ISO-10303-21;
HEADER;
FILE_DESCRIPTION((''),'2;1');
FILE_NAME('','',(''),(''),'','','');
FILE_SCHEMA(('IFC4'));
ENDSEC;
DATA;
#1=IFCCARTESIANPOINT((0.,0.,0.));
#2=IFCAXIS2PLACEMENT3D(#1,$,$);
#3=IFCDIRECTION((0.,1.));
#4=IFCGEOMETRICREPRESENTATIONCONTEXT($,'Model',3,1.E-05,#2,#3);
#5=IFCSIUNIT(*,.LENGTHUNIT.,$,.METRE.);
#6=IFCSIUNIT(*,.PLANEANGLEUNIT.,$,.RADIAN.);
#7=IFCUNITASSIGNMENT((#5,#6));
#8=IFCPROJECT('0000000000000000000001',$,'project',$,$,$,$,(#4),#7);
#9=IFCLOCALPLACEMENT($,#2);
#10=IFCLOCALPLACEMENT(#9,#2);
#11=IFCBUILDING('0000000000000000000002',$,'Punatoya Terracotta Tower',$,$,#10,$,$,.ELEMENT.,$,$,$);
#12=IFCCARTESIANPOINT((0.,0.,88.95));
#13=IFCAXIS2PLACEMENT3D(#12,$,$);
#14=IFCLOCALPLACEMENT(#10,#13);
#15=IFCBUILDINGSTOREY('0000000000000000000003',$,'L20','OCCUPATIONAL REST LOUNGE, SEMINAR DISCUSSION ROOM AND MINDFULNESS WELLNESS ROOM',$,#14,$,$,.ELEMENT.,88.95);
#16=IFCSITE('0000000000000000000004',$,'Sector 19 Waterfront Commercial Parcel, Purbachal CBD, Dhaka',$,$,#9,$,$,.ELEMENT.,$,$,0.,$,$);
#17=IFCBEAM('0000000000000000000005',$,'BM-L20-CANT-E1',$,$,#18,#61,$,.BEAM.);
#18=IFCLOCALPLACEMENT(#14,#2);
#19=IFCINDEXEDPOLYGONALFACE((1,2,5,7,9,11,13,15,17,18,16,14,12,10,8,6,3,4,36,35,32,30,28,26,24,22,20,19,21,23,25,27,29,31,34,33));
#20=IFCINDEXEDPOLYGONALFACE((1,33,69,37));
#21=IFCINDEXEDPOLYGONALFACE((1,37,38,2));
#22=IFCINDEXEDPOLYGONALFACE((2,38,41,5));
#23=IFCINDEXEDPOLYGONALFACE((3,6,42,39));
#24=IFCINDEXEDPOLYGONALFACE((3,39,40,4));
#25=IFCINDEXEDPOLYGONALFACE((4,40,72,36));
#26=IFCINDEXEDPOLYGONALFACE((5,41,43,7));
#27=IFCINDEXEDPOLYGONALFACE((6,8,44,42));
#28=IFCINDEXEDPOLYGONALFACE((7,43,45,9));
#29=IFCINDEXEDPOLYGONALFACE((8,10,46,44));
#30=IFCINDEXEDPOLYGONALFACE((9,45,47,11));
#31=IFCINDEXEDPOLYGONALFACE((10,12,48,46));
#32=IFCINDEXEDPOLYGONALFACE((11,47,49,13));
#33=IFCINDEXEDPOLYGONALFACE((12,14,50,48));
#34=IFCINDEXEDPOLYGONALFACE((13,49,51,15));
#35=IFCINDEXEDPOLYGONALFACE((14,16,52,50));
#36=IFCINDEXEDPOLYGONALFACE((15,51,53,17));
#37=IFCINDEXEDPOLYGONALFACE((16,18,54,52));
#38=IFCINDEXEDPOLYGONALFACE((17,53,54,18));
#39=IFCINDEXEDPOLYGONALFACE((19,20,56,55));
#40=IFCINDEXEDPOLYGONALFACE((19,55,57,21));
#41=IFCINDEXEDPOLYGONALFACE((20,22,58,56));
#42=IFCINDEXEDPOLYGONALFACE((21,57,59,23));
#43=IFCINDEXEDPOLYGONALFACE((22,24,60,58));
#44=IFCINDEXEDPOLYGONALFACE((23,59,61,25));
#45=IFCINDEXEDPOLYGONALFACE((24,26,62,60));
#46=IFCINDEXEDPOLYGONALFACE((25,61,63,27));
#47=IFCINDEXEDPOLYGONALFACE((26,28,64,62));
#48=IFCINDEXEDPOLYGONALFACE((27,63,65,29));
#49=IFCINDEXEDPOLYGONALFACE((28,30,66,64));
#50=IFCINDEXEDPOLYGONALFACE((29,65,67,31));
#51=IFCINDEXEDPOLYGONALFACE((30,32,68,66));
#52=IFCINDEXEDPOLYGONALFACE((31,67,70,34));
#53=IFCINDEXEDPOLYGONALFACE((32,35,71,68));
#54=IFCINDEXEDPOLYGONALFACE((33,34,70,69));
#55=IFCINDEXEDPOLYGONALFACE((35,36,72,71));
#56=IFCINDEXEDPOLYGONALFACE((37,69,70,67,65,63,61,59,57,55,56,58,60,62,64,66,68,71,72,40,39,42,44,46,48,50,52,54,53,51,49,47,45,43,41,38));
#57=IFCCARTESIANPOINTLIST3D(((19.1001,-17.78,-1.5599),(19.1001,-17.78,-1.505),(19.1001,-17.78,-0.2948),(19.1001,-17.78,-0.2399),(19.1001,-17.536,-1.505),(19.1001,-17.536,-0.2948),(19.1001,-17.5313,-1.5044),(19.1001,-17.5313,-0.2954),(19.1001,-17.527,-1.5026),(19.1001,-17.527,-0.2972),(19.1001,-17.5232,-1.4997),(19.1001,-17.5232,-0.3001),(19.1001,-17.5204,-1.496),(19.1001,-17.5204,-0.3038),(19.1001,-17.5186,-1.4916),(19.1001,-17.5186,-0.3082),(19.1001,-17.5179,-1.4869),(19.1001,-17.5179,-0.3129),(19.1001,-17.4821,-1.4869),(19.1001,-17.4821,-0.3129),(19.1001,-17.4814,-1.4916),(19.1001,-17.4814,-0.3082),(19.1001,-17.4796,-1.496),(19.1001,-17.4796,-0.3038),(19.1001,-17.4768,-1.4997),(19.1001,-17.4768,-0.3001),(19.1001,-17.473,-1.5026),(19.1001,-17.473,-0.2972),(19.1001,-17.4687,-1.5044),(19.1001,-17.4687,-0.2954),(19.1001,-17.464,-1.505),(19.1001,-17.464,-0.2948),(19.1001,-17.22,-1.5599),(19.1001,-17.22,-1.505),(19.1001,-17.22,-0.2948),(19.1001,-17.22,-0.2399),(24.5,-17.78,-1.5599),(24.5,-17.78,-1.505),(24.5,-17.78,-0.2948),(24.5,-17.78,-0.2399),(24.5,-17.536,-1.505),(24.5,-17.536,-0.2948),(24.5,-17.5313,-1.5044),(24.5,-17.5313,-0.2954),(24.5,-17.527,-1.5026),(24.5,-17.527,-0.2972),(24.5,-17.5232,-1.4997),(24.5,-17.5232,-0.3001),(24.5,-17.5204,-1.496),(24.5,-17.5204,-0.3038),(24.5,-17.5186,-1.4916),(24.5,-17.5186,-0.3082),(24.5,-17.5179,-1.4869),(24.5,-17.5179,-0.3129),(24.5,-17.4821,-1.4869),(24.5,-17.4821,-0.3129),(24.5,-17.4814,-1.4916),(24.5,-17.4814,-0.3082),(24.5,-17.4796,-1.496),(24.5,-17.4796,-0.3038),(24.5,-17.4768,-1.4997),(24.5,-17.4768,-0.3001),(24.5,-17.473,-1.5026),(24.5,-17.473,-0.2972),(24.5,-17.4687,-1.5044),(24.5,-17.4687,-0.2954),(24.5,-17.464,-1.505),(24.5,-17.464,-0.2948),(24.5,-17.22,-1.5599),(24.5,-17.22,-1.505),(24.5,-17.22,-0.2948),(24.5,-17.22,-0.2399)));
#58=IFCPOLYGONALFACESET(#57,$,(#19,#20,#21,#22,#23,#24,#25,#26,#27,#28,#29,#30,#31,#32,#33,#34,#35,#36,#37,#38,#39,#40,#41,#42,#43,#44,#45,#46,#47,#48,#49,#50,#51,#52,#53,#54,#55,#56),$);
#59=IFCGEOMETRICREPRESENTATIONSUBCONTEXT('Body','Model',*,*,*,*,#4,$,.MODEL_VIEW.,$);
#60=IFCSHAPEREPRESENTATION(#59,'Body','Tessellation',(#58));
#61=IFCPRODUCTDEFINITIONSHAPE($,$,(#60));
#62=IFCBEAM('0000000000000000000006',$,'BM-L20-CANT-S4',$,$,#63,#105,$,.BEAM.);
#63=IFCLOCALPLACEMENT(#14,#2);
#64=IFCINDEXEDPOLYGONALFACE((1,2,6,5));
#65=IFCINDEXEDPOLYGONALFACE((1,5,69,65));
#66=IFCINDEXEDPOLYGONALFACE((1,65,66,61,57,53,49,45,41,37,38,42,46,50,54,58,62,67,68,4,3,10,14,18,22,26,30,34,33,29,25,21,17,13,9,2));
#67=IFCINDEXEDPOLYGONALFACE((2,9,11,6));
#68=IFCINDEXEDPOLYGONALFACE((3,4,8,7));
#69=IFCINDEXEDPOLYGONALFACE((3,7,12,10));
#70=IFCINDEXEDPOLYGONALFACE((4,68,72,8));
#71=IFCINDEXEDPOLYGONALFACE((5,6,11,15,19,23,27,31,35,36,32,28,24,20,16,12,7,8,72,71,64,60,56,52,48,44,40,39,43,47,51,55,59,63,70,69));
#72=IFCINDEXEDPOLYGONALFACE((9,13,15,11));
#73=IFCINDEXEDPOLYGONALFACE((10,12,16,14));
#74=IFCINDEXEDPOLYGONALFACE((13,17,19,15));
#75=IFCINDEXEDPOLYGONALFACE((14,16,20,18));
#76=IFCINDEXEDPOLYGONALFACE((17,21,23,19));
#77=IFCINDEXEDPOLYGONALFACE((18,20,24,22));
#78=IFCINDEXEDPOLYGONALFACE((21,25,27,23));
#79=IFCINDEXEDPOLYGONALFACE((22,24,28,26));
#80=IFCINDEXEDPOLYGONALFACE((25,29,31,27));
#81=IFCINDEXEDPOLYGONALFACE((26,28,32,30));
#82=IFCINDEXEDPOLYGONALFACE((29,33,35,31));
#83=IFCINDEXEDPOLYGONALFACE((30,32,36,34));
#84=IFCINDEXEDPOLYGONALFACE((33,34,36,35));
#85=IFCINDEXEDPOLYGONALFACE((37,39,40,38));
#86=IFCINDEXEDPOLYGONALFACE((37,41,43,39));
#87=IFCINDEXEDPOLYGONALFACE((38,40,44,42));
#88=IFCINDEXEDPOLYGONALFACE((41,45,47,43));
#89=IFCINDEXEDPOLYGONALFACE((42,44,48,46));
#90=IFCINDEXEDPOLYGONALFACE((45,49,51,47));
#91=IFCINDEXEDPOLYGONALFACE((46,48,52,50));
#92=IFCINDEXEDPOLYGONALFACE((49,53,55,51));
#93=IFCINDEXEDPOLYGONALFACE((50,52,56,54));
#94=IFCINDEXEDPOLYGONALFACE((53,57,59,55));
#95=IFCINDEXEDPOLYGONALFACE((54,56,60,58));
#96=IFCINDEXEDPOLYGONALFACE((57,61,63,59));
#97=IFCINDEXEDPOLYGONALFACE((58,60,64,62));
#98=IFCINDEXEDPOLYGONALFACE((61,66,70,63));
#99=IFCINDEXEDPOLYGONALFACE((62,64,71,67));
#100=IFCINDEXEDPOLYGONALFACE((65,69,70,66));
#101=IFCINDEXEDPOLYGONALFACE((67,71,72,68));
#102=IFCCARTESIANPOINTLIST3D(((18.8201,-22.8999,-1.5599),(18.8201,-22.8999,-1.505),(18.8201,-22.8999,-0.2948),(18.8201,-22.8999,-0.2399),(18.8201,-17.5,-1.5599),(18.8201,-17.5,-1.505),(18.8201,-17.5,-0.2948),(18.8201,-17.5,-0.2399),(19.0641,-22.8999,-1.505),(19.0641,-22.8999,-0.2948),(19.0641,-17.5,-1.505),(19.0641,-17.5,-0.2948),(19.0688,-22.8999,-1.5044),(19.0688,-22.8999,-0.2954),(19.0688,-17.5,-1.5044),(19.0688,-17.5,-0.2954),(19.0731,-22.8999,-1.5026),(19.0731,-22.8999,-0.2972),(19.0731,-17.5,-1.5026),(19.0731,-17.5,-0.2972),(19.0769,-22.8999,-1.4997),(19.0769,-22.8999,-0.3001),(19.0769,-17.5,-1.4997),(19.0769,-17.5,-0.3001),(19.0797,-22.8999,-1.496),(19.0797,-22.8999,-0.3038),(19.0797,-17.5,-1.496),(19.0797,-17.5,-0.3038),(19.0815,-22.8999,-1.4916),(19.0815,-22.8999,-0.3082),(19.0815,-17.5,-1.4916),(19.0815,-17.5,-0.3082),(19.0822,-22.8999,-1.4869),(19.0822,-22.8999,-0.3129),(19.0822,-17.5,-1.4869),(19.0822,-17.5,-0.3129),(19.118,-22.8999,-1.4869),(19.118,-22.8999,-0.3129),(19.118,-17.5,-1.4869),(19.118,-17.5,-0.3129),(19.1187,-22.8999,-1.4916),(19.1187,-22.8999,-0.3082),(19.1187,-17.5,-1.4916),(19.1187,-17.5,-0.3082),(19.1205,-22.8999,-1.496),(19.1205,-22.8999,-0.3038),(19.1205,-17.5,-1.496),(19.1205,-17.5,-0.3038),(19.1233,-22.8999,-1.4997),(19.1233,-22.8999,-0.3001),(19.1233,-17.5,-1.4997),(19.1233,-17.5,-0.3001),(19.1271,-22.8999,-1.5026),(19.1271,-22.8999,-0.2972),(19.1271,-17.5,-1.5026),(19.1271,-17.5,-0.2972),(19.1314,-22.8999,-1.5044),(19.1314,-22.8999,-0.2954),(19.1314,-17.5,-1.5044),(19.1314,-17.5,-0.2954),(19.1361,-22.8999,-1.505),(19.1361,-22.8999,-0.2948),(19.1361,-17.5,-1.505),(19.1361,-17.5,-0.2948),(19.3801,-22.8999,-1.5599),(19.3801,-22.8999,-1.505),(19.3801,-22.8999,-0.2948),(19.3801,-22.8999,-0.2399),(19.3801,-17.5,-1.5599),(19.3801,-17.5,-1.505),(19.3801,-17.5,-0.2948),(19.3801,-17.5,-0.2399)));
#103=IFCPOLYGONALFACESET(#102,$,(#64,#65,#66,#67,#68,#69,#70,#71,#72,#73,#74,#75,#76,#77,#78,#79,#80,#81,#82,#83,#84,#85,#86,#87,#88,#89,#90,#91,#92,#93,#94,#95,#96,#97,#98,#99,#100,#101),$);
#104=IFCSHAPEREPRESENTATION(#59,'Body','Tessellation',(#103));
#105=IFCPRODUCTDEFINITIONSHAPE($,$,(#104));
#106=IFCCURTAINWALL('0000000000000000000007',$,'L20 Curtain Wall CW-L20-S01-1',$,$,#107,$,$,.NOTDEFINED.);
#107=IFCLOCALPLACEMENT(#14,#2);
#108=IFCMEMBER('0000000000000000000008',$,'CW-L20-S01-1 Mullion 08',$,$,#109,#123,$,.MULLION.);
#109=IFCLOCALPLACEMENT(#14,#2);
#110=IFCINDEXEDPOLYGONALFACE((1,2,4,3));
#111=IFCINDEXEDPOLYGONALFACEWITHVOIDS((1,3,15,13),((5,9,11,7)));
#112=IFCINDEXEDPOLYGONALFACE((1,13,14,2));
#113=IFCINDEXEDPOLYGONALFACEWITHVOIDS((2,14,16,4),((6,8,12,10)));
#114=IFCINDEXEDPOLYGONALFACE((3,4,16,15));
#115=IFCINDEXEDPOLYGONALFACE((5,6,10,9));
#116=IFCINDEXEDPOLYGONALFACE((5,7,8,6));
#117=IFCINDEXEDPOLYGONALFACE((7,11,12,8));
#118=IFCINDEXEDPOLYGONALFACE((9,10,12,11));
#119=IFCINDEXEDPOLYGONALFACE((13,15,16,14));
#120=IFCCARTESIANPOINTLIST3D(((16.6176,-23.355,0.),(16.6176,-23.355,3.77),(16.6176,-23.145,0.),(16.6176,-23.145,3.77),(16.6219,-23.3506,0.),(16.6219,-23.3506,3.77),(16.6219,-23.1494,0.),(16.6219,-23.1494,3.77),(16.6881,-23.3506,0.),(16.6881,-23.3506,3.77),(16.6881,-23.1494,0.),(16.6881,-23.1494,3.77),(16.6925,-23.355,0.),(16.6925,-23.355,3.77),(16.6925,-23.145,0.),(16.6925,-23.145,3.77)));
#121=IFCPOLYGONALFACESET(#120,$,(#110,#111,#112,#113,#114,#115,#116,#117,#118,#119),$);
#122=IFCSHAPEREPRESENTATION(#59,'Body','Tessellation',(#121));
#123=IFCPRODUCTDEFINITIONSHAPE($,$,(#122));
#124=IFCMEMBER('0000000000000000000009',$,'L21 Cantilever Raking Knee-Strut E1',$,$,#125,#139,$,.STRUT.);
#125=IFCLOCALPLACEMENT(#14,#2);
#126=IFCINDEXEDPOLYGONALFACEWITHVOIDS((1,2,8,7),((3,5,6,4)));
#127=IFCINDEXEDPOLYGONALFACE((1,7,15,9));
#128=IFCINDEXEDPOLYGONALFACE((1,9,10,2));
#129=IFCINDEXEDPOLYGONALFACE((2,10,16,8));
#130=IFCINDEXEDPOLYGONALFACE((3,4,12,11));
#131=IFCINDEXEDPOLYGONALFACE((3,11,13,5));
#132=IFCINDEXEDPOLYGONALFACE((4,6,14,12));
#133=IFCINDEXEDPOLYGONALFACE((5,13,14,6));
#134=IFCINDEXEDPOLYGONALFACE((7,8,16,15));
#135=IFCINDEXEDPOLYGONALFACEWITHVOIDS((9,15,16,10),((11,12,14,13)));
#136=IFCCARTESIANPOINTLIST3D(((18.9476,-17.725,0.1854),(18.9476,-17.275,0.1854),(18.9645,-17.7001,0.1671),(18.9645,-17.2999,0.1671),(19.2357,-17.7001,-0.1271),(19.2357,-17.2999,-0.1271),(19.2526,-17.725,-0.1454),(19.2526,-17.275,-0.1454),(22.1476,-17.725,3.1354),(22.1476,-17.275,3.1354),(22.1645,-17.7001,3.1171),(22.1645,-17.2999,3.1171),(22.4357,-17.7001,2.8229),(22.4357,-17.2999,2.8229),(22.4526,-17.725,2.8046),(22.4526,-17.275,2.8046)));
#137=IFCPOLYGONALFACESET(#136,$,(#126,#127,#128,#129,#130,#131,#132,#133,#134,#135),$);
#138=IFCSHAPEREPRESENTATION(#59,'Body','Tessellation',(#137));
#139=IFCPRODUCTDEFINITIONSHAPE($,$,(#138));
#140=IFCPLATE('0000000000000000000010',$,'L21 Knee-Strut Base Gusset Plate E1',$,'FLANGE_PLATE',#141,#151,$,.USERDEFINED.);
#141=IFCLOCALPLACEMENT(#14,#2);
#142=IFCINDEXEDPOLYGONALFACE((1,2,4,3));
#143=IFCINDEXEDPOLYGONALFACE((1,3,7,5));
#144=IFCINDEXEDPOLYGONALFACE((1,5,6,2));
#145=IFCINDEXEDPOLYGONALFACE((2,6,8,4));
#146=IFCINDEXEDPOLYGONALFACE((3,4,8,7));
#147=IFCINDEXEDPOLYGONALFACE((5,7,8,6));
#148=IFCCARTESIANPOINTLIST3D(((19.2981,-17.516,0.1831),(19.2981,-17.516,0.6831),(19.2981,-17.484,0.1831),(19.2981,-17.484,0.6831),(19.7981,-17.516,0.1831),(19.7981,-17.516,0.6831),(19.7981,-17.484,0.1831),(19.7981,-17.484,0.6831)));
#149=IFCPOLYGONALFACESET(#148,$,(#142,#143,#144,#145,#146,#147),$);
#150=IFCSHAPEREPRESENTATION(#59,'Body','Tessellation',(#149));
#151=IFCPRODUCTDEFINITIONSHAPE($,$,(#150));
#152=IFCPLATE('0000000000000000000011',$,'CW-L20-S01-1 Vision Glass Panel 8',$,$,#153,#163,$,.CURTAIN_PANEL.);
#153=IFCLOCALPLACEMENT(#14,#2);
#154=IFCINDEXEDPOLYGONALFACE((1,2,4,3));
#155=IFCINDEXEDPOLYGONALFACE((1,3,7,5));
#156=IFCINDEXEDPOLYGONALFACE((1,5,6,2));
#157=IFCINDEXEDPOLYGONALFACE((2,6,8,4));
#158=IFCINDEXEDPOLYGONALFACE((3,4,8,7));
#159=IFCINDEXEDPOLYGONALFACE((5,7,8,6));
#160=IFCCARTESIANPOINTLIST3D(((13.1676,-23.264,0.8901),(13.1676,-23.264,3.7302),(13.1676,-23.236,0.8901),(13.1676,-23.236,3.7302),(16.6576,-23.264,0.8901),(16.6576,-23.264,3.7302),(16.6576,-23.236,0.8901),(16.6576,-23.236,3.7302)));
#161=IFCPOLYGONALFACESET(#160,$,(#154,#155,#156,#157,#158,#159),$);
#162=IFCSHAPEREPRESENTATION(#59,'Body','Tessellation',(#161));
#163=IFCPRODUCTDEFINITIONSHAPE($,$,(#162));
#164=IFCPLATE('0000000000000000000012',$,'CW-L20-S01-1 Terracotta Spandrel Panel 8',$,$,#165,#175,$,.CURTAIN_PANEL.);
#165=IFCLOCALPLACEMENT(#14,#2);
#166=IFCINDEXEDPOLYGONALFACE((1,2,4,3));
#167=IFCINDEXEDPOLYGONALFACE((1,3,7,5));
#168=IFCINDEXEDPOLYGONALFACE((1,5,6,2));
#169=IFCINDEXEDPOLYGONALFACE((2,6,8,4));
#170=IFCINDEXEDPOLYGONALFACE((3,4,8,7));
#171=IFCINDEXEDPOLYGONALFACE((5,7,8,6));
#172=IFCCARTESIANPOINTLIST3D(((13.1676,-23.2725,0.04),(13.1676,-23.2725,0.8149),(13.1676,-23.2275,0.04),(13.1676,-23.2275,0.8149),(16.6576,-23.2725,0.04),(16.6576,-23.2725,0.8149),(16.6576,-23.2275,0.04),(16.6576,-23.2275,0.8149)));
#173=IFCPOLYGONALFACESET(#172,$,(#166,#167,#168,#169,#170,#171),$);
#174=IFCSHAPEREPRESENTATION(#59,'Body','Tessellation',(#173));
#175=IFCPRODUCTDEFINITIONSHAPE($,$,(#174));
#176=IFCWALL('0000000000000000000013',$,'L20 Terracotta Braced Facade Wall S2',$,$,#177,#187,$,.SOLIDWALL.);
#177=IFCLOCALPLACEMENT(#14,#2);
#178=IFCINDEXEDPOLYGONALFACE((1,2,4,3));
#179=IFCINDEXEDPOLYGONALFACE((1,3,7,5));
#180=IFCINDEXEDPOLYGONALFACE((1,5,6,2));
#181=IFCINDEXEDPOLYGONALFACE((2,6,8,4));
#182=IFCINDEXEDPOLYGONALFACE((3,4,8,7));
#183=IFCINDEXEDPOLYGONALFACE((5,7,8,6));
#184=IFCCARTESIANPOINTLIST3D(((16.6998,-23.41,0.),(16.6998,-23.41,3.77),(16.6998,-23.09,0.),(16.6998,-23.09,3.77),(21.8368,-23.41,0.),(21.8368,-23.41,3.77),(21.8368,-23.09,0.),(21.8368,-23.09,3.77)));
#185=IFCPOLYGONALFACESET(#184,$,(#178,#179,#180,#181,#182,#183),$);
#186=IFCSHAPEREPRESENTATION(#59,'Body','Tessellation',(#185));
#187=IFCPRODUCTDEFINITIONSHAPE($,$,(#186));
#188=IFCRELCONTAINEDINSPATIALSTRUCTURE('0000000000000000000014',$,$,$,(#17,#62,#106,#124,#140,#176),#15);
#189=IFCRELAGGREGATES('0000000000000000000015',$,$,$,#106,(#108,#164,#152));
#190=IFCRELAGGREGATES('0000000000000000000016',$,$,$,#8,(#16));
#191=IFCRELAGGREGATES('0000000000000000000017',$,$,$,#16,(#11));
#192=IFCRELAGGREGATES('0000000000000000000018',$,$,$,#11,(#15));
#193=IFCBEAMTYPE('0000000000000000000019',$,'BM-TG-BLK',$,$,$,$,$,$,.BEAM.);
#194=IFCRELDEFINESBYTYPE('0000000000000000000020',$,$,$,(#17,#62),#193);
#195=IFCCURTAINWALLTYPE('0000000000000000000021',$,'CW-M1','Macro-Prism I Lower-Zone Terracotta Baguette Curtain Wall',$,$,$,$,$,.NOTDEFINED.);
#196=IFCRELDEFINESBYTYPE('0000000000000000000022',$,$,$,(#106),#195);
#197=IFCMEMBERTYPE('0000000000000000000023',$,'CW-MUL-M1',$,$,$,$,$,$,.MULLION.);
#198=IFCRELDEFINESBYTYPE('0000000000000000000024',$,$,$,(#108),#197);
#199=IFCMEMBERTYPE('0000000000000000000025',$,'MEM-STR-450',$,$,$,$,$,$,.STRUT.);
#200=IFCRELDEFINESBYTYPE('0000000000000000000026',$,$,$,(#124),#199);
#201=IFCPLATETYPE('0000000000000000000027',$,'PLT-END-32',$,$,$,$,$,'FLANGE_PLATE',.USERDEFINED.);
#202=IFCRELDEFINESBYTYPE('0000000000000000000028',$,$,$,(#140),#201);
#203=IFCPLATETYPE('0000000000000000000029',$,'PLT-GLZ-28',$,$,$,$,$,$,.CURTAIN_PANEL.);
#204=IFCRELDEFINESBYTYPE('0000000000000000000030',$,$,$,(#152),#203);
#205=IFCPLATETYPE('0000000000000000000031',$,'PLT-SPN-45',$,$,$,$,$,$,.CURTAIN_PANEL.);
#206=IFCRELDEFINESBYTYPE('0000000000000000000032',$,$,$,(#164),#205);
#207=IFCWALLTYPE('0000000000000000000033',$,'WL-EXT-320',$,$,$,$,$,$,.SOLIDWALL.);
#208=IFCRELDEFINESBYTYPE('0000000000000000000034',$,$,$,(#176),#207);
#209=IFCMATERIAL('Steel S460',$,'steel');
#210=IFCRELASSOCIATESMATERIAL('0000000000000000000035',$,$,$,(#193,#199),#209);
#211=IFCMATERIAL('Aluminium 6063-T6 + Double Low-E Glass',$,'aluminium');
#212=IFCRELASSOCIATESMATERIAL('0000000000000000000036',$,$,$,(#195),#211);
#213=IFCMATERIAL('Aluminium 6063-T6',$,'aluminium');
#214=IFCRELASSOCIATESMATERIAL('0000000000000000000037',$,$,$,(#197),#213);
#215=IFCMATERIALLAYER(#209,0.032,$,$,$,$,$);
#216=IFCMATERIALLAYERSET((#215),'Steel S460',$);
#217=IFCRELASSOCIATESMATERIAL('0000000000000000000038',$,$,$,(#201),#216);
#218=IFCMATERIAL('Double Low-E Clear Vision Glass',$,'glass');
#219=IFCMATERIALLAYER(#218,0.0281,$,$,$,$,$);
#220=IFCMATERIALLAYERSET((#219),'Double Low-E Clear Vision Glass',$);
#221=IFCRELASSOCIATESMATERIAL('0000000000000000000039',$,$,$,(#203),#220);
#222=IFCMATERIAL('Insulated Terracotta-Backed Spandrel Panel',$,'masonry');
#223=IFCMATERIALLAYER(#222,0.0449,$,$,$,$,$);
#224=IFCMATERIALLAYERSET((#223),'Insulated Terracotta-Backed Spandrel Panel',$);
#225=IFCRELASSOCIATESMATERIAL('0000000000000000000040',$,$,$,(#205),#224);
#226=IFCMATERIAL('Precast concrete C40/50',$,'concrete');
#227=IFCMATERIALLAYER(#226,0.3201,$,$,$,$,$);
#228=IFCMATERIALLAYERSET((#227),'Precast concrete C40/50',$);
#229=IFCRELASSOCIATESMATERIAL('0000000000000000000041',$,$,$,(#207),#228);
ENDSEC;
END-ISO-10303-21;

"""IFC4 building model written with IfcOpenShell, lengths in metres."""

from ifc_helpers import new_model, si_unit, direction, frame, frame_2d, origin, origin_2d, place, context, subcontext, project, spatial, rectangle, hollow_rectangle, i_section, extrude, material, layer, layer_set, material_profile, profile_set, type_object, element, aggregate, save


model = new_model("IFC4")

# Units and contexts
model_context = context("Model", 3, precision=1e-05, world=origin(), true_north=direction((0.0, 1.0)))
body_context = subcontext(model_context, "Body", "Model", "MODEL_VIEW")
ifc_project = project(units=[si_unit("LENGTHUNIT", "METRE"), si_unit("PLANEANGLEUNIT", "RADIAN")], contexts=[model_context])

# Site, building, storey
site_placement = place(None, origin())
site = spatial("IfcSite", under=ifc_project, at=site_placement, Name="Sector 19 Waterfront Commercial Parcel, Purbachal CBD, Dhaka", CompositionType="ELEMENT", RefElevation=0.0)
building_placement = place(site_placement, origin())
building = spatial("IfcBuilding", under=site, at=building_placement, Name="Punatoya Terracotta Tower", CompositionType="ELEMENT")
storey_placement = place(building_placement, frame((0.0, 0.0, 88.95)))
storey = spatial("IfcBuildingStorey", under=building, at=storey_placement, Name="L20", Description="OCCUPATIONAL REST LOUNGE, SEMINAR DISCUSSION ROOM AND MINDFULNESS WELLNESS ROOM", CompositionType="ELEMENT", Elevation=88.95)

# Shared definitions
ifc_material_1 = material(Name="Steel S460", Category="steel")

# Beams
ifc_material_profile_1 = material_profile(ifc_material_1, i_section(OverallWidth=0.5601, OverallDepth=1.3201, WebThickness=0.0359, FlangeThickness=0.0549, FilletRadius=0.0181, at=origin_2d()))
ifc_profile_set_1 = profile_set([ifc_material_profile_1], Name="Steel S460")
beam_type_1 = type_object("IfcBeamType", Name="BM-TG-BLK", PredefinedType="BEAM", material=ifc_profile_set_1)
for number, where, z_axis, x_axis, name in (
    (1, (19.1001, -17.5, -0.8999), (1.0, 0.0, 0.0), (0.0, 1.0, 0.0), "BM-L20-CANT-E1"),
    (2, (19.1001, -22.8999, -0.8999), (0.0, 1.0, 0.0), (-1.0, 0.0, 0.0), "BM-L20-CANT-S4"),
):
    element("IfcBeam", number, at=place(storey_placement, frame(where, z_axis=z_axis, x_axis=x_axis)), inside=storey, type_object=beam_type_1, Name=name, PredefinedType="BEAM", context=body_context, shape_type="SweptSolid", body=[
        extrude(i_section(OverallWidth=0.5601, OverallDepth=1.3201, WebThickness=0.0359, FlangeThickness=0.0549, FilletRadius=0.0181, at=origin_2d()), origin(), (0.0, 0.0, 1.0), 5.3999),
    ])

# Curtain wall, member
ifc_material_2 = material(Name="Aluminium 6063-T6 + Double Low-E Glass", Category="aluminium")
curtain_wall_type = type_object("IfcCurtainWallType", Name="CW-M1", Description="Macro-Prism I Lower-Zone Terracotta Baguette Curtain Wall", PredefinedType="NOTDEFINED", material=ifc_material_2)
curtain_wall_placement = place(storey_placement, origin())
curtain_wall = element("IfcCurtainWall", 3, at=curtain_wall_placement, inside=storey, type_object=curtain_wall_type, Name="L20 Curtain Wall CW-L20-S01-1", PredefinedType="NOTDEFINED")
ifc_material_3 = material(Name="Aluminium 6063-T6", Category="aluminium")
ifc_material_profile_2 = material_profile(ifc_material_3, hollow_rectangle(XDim=0.075, YDim=0.21, WallThickness=0.0044, at=origin_2d()))
ifc_profile_set_2 = profile_set([ifc_material_profile_2], Name="Aluminium 6063-T6")
member_type_1 = type_object("IfcMemberType", Name="CW-MUL-M1", PredefinedType="MULLION", material=ifc_profile_set_2)
member_1_placement = place(storey_placement, frame((16.655, -23.25, 0.0), z_axis=(0.0, 0.0, 1.0), x_axis=(1.0, 0.0, 0.0)))
member_1 = element("IfcMember", 4, at=member_1_placement, type_object=member_type_1, Name="CW-L20-S01-1 Mullion 08", PredefinedType="MULLION", context=body_context, shape_type="SweptSolid", body=[
    extrude(hollow_rectangle(XDim=0.075, YDim=0.21, WallThickness=0.0044, at=origin_2d()), origin(), (0.0, 0.0, 1.0), 3.77),
])

# Member
ifc_material_profile_3 = material_profile(ifc_material_1, hollow_rectangle(XDim=0.45, YDim=0.45, WallThickness=0.0249, at=origin_2d()))
ifc_profile_set_3 = profile_set([ifc_material_profile_3], Name="Steel S460")
member_type_2 = type_object("IfcMemberType", Name="MEM-STR-450", PredefinedType="STRUT", material=ifc_profile_set_3)
member_2_placement = place(storey_placement, frame((19.1001, -17.5, 0.02), z_axis=(0.735244, 0.0, 0.677802), x_axis=(0.0, 1.0, 0.0)))
element("IfcMember", 5, at=member_2_placement, inside=storey, type_object=member_type_2, Name="L21 Cantilever Raking Knee-Strut E1", PredefinedType="STRUT", context=body_context, shape_type="SweptSolid", body=[
    extrude(hollow_rectangle(XDim=0.45, YDim=0.45, WallThickness=0.0249, at=origin_2d()), origin(), (0.0, 0.0, 1.0), 4.3523),
])

# Plates
ifc_layer_1 = layer(ifc_material_1, 0.032)
ifc_layer_set_1 = layer_set([ifc_layer_1], Name="Steel S460")
plate_type_1 = type_object("IfcPlateType", Name="PLT-END-32", ElementType="FLANGE_PLATE", PredefinedType="USERDEFINED", material=ifc_layer_set_1)
plate_1_placement = place(storey_placement, frame((19.5481, -17.5, 0.1831), z_axis=(0.0, 0.0, 1.0), x_axis=(1.0, 0.0, 0.0)))
element("IfcPlate", 6, at=plate_1_placement, inside=storey, type_object=plate_type_1, Name="L21 Knee-Strut Base Gusset Plate E1", ObjectType="FLANGE_PLATE", PredefinedType="USERDEFINED", context=body_context, shape_type="SweptSolid", body=[
    extrude(rectangle(XDim=0.5, YDim=0.032, at=origin_2d()), origin(), (0.0, 0.0, 1.0), 0.5),
])
ifc_material_4 = material(Name="Double Low-E Clear Vision Glass", Category="glass")
ifc_layer_2 = layer(ifc_material_4, 0.0281)
ifc_layer_set_2 = layer_set([ifc_layer_2], Name="Double Low-E Clear Vision Glass")
plate_type_2 = type_object("IfcPlateType", Name="PLT-GLZ-28", PredefinedType="CURTAIN_PANEL", material=ifc_layer_set_2)
plate_2_placement = place(storey_placement, frame((14.9126, -23.25, 0.8901), z_axis=(0.0, 0.0, 1.0), x_axis=(1.0, 0.0, 0.0)))
plate_2 = element("IfcPlate", 7, at=plate_2_placement, type_object=plate_type_2, Name="CW-L20-S01-1 Vision Glass Panel 8", PredefinedType="CURTAIN_PANEL", context=body_context, shape_type="SweptSolid", body=[
    extrude(rectangle(XDim=3.49, YDim=0.0281, at=origin_2d()), origin(), (0.0, 0.0, 1.0), 2.8401),
])
ifc_material_5 = material(Name="Insulated Terracotta-Backed Spandrel Panel", Category="masonry")
ifc_layer_3 = layer(ifc_material_5, 0.0449)
ifc_layer_set_3 = layer_set([ifc_layer_3], Name="Insulated Terracotta-Backed Spandrel Panel")
plate_type_3 = type_object("IfcPlateType", Name="PLT-SPN-45", PredefinedType="CURTAIN_PANEL", material=ifc_layer_set_3)
plate_3_placement = place(storey_placement, frame((14.9126, -23.25, 0.04), z_axis=(0.0, 0.0, 1.0), x_axis=(1.0, 0.0, 0.0)))
plate_3 = element("IfcPlate", 8, at=plate_3_placement, type_object=plate_type_3, Name="CW-L20-S01-1 Terracotta Spandrel Panel 8", PredefinedType="CURTAIN_PANEL", context=body_context, shape_type="SweptSolid", body=[
    extrude(rectangle(XDim=3.49, YDim=0.0449, at=origin_2d()), origin(), (0.0, 0.0, 1.0), 0.7749),
])
aggregate(curtain_wall, [member_1, plate_3, plate_2])

# Wall
ifc_material_6 = material(Name="Precast concrete C40/50", Category="concrete")
ifc_layer_4 = layer(ifc_material_6, 0.3201)
ifc_layer_set_4 = layer_set([ifc_layer_4], Name="Precast concrete C40/50")
wall_type = type_object("IfcWallType", Name="WL-EXT-320", PredefinedType="SOLIDWALL", material=ifc_layer_set_4)
wall_1_placement = place(storey_placement, frame((16.7, -23.25, 0.0), z_axis=(0.0, 0.0, 1.0), x_axis=(1.0, 0.0, 0.0)))
element("IfcWall", 9, at=wall_1_placement, inside=storey, type_object=wall_type, Name="L20 Terracotta Braced Facade Wall S2", PredefinedType="SOLIDWALL", context=body_context, shape_type="SweptSolid", body=[
    extrude(rectangle(XDim=5.137, YDim=0.3201, at=frame_2d((2.5684, 0.0))), origin(), (0.0, 0.0, 1.0), 3.77),
])

save(model, "model.ifc")
